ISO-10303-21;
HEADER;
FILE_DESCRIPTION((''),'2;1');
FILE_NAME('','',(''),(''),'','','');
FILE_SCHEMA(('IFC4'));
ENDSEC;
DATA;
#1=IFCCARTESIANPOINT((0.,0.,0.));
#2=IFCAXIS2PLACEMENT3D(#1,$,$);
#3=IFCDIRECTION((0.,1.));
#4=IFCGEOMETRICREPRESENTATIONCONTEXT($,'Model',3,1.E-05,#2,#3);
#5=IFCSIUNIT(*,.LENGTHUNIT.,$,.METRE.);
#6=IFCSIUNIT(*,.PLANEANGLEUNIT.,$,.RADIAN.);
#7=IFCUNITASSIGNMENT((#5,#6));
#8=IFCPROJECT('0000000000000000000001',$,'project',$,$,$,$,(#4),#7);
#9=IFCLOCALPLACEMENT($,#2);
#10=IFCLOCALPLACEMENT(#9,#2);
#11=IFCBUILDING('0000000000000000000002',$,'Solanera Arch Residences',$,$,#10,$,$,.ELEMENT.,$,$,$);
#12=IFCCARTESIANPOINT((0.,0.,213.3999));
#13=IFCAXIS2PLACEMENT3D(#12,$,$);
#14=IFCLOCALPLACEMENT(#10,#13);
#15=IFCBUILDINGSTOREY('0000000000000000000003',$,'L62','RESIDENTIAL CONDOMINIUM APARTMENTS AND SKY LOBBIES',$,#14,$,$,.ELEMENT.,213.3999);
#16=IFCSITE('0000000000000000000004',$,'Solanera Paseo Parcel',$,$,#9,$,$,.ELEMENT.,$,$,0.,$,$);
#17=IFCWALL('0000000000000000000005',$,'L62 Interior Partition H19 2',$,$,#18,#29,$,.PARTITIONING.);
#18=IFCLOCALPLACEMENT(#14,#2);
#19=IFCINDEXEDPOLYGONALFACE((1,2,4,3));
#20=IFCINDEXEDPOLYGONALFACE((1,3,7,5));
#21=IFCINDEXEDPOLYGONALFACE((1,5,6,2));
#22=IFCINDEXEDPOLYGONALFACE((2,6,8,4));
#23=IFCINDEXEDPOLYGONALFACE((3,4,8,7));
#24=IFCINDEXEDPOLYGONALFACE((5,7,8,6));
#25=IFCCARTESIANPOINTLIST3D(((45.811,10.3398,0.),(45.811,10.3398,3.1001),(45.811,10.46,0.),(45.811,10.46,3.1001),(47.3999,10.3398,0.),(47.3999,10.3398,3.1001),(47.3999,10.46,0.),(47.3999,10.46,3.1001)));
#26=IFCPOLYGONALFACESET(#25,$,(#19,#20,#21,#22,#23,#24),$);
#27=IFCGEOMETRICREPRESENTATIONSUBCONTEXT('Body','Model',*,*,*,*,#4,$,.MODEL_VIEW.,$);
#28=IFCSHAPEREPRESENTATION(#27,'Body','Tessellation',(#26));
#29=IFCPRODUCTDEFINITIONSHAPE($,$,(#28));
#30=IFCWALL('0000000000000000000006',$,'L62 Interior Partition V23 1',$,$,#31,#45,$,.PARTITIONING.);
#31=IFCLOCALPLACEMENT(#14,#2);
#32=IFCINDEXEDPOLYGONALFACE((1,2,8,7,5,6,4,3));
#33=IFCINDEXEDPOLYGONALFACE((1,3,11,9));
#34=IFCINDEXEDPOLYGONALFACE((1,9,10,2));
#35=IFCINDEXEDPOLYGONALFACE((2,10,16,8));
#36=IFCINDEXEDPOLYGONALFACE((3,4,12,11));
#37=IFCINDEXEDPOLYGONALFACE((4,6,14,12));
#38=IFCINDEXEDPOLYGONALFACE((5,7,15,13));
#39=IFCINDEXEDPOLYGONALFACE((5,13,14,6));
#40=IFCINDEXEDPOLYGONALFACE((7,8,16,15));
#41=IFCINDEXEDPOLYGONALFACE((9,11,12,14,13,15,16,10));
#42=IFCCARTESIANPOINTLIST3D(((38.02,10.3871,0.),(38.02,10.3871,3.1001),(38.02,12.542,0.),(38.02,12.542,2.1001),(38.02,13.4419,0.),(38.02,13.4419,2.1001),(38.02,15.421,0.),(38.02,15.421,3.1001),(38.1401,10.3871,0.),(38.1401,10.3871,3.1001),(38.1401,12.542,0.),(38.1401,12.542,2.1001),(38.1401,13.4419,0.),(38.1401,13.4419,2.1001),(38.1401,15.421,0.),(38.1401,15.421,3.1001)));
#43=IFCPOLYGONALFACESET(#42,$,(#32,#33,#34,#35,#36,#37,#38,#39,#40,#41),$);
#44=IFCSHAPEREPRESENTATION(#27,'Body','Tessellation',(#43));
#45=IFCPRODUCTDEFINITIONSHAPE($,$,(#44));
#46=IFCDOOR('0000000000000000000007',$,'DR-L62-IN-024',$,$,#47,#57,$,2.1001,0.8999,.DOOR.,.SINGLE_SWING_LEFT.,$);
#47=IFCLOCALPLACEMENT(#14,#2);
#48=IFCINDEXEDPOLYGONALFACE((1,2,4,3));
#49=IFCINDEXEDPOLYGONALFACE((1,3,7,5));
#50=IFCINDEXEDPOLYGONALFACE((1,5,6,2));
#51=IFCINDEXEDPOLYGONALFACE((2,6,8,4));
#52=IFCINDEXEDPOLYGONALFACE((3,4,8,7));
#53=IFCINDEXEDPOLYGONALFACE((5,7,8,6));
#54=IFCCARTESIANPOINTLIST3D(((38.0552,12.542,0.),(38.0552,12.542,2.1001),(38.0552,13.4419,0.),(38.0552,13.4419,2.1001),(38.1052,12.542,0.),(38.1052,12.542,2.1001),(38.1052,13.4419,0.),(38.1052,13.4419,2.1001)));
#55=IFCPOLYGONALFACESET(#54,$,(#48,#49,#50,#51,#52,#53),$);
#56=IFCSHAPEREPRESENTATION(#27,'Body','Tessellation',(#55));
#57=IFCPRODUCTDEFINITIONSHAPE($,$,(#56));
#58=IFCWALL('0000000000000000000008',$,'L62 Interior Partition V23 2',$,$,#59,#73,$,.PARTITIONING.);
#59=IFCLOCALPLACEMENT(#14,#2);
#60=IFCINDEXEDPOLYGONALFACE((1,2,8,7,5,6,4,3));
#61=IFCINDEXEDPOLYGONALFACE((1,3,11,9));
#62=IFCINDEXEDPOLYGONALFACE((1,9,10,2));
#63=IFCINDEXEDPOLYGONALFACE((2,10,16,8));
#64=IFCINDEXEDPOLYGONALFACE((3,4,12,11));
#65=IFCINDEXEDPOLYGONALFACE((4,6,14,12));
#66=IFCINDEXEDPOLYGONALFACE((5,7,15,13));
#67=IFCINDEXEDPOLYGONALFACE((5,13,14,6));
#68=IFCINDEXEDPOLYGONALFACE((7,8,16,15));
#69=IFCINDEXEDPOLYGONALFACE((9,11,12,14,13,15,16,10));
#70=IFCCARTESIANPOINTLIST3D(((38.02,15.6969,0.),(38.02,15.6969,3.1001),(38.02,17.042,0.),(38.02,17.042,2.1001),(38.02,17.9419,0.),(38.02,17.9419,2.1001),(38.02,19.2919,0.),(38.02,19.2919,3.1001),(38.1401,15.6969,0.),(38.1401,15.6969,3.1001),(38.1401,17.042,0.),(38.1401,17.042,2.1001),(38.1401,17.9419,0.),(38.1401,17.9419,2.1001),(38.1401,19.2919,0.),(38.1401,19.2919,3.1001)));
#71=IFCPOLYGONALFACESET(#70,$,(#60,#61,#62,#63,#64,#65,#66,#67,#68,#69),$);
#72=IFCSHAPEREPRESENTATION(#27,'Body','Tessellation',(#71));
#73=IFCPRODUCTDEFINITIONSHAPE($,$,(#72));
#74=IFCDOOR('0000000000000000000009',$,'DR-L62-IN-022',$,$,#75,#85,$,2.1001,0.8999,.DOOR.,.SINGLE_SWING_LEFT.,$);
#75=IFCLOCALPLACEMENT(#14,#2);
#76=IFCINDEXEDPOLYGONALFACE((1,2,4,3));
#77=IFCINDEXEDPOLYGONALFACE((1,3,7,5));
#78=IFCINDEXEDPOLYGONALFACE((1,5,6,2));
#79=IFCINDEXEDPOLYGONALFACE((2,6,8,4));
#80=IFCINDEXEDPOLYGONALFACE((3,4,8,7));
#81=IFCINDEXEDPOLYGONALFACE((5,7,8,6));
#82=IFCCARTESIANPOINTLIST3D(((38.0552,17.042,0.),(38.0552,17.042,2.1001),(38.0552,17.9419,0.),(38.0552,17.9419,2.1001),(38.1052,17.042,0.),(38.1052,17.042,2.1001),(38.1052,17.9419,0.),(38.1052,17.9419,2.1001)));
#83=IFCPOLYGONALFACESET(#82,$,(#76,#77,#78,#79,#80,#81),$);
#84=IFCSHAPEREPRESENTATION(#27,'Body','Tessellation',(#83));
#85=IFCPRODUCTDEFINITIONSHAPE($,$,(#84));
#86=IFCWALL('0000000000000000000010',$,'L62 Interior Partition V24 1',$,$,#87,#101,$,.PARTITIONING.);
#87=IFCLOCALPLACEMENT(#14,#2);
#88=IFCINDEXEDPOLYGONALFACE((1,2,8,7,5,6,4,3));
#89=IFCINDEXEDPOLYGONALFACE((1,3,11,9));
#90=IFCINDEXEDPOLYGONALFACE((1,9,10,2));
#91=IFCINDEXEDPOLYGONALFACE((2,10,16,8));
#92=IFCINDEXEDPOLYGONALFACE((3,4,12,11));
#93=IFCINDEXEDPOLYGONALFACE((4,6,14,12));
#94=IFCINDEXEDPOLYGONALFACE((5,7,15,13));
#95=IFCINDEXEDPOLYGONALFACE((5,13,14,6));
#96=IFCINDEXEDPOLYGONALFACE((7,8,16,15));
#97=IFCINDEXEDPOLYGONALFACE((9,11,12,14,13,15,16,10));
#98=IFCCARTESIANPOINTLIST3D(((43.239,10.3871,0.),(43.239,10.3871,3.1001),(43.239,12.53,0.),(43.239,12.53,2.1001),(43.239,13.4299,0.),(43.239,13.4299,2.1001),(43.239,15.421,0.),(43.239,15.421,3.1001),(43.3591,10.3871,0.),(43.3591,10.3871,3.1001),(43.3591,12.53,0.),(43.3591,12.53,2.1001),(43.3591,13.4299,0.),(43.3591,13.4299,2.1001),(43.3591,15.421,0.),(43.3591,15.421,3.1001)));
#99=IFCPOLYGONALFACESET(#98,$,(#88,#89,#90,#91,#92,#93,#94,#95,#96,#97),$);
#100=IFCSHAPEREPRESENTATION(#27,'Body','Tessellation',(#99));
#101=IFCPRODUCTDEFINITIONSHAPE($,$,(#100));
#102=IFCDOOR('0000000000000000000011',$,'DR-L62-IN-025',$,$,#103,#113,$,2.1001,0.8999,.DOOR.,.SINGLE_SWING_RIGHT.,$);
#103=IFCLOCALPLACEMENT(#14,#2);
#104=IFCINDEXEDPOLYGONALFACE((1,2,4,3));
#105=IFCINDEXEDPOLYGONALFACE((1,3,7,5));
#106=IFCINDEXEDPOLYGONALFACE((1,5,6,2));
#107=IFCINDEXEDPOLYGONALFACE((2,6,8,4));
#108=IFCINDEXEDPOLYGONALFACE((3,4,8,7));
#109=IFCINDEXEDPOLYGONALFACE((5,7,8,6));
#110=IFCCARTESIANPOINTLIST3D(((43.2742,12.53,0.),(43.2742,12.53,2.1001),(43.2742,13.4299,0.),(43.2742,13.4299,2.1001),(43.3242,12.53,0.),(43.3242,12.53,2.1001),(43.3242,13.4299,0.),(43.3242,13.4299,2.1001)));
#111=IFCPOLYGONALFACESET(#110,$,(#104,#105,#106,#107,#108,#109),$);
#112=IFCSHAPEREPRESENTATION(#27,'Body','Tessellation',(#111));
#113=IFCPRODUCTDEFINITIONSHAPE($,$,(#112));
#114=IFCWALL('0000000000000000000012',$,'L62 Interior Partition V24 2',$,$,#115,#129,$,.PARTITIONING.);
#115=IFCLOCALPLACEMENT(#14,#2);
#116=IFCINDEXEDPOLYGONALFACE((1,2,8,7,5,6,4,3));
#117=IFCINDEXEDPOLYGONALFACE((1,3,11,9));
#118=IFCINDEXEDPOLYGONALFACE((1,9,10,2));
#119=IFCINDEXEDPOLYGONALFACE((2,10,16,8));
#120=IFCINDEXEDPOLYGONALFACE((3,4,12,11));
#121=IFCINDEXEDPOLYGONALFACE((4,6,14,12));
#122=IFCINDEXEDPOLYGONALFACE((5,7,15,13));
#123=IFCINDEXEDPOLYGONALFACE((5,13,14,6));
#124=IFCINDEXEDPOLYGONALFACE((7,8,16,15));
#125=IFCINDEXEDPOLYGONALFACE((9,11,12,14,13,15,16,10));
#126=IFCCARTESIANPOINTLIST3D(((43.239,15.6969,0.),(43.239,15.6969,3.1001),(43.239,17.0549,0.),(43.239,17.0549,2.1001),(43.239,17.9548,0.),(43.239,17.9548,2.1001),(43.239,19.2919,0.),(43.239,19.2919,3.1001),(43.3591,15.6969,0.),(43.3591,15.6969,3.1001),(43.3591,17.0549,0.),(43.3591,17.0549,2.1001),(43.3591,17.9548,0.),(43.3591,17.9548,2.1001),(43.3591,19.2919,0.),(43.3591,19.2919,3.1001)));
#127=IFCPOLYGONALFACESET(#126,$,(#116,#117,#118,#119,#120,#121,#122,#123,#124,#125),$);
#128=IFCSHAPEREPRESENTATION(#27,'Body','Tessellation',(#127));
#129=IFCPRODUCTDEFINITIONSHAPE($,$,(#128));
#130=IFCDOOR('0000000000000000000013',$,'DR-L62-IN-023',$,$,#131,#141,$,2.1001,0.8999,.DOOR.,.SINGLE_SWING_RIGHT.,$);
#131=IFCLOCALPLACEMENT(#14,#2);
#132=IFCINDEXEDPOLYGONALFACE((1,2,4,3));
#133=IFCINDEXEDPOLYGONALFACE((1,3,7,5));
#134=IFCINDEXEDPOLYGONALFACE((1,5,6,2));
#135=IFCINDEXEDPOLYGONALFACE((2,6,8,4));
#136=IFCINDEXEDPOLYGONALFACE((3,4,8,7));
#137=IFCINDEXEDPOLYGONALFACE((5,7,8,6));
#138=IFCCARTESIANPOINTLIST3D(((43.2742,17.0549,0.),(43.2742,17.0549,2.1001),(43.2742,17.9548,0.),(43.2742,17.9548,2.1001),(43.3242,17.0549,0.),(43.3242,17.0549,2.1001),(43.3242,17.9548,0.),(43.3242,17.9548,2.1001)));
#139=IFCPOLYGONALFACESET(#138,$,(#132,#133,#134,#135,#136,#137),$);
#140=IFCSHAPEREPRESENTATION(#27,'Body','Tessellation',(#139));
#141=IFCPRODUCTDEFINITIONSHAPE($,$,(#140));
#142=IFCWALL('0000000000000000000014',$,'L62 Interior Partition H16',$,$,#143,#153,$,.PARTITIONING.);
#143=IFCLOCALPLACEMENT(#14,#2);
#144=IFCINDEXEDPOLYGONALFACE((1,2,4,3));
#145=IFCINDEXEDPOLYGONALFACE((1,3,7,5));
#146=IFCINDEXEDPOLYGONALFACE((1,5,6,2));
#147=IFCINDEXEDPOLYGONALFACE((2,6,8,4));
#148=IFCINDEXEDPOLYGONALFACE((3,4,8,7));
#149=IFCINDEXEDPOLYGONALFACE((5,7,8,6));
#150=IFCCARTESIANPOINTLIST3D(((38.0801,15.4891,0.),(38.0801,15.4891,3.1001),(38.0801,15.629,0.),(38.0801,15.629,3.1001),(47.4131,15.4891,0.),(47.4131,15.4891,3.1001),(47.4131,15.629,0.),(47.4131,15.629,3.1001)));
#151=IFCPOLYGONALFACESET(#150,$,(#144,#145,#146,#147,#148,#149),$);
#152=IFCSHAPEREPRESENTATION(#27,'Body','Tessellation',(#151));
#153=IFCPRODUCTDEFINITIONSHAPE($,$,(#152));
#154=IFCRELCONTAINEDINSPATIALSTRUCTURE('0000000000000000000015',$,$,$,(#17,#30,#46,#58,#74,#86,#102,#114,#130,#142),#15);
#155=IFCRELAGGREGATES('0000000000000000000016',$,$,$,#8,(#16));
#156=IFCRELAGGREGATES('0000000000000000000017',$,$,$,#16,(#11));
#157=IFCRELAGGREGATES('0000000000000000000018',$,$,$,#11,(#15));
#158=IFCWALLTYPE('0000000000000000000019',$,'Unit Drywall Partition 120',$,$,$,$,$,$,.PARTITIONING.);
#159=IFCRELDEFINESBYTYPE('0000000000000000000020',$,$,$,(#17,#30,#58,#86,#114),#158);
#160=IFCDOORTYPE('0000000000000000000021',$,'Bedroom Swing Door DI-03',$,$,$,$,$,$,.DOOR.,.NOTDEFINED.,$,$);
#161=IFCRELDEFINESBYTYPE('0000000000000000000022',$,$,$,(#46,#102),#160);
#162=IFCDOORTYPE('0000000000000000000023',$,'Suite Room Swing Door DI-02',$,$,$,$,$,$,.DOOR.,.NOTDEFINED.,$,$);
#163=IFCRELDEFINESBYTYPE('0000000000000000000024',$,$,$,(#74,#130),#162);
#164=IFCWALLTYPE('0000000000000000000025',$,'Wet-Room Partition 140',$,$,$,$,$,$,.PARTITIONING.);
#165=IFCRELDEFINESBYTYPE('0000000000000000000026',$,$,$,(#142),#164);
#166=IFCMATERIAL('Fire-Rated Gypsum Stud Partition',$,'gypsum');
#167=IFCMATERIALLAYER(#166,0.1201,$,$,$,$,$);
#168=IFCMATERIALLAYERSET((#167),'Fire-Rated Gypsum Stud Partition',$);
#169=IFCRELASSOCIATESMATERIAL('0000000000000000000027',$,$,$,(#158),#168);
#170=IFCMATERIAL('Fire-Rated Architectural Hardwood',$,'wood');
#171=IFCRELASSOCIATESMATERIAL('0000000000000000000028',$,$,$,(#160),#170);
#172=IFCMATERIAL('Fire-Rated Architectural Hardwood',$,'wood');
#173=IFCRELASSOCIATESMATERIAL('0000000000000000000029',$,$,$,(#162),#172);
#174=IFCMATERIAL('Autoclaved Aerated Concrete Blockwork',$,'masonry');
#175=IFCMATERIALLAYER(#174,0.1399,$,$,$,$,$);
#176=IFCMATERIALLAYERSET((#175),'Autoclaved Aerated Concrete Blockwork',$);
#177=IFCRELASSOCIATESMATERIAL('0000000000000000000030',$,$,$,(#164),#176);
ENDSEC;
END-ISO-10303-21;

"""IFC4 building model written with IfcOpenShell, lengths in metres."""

from ifc_helpers import new_model, si_unit, direction, frame, frame_2d, origin, place, context, subcontext, project, spatial, rectangle, extrude, material, layer, layer_set, type_object, element, fill, save


model = new_model("IFC4")

# Units and contexts
model_context = context("Model", 3, precision=1e-05, world=origin(), true_north=direction((0.0, 1.0)))
body_context = subcontext(model_context, "Body", "Model", "MODEL_VIEW")
ifc_project = project(units=[si_unit("LENGTHUNIT", "METRE"), si_unit("PLANEANGLEUNIT", "RADIAN")], contexts=[model_context])

# Site, building, storey
site_placement = place(None, origin())
site = spatial("IfcSite", under=ifc_project, at=site_placement, Name="Solanera Paseo Parcel", CompositionType="ELEMENT", RefElevation=0.0)
building_placement = place(site_placement, origin())
building = spatial("IfcBuilding", under=site, at=building_placement, Name="Solanera Arch Residences", CompositionType="ELEMENT")
storey_placement = place(building_placement, frame((0.0, 0.0, 213.3999)))
storey = spatial("IfcBuildingStorey", under=building, at=storey_placement, Name="L62", Description="RESIDENTIAL CONDOMINIUM APARTMENTS AND SKY LOBBIES", CompositionType="ELEMENT", Elevation=213.3999)

# Wall
ifc_material_1 = material(Name="Fire-Rated Gypsum Stud Partition", Category="gypsum")
ifc_layer_1 = layer(ifc_material_1, 0.1201)
ifc_layer_set_1 = layer_set([ifc_layer_1], Name="Fire-Rated Gypsum Stud Partition")
wall_type_1 = type_object("IfcWallType", Name="Unit Drywall Partition 120", PredefinedType="PARTITIONING", material=ifc_layer_set_1)
wall_1_placement = place(storey_placement, frame((45.811, 10.3999, 0.0), z_axis=(0.0, 0.0, 1.0), x_axis=(1.0, 0.0, 0.0)))
element("IfcWall", 1, at=wall_1_placement, inside=storey, type_object=wall_type_1, Name="L62 Interior Partition H19 2", PredefinedType="PARTITIONING", context=body_context, shape_type="SweptSolid", body=[
    extrude(rectangle(XDim=1.5889, YDim=0.1201, at=frame_2d((0.7944, 0.0))), origin(), (0.0, 0.0, 1.0), 3.1001),
])

# Walls, openings, doors
wall_2_placement = place(storey_placement, frame((38.0801, 10.387, 0.0), z_axis=(0.0, 0.0, 1.0), x_axis=(0.0, 1.0, 0.0)))
wall_2 = element("IfcWall", 2, at=wall_2_placement, inside=storey, type_object=wall_type_1, Name="L62 Interior Partition V23 1", PredefinedType="PARTITIONING", context=body_context, shape_type="SweptSolid", body=[
    extrude(rectangle(XDim=5.0339, YDim=0.1201, at=frame_2d((2.5171, 0.0))), origin(), (0.0, 0.0, 1.0), 3.1001),
])
opening_1_placement = place(wall_2_placement, frame((2.155, 0.0, 0.0)))
opening_1 = element("IfcOpeningElement", 3, at=opening_1_placement, cuts=wall_2, PredefinedType="OPENING", context=body_context, shape_type="SweptSolid", body=[
    extrude(rectangle(XDim=0.8999, YDim=2.1001, at=frame_2d((0.45, 1.05))), frame((0.0, 0.0701, 0.0), z_axis=(0.0, -1.0, 0.0), x_axis=(1.0, 0.0, 0.0)), (0.0, 0.0, 1.0), 0.1401),
])
ifc_material_2 = material(Name="Fire-Rated Architectural Hardwood", Category="wood")
door_type_1 = type_object("IfcDoorType", Name="Bedroom Swing Door DI-03", OperationType="NOTDEFINED", PredefinedType="DOOR", material=ifc_material_2)
door_1_placement = place(opening_1_placement, origin())
door_1 = element("IfcDoor", 4, at=door_1_placement, inside=storey, type_object=door_type_1, Name="DR-L62-IN-024", OperationType="SINGLE_SWING_LEFT", OverallHeight=2.1001, OverallWidth=0.8999, PredefinedType="DOOR", context=body_context, shape_type="SweptSolid", body=[
    extrude(rectangle(XDim=0.8999, YDim=2.1001, at=frame_2d((0.45, 1.05))), frame((0.0, 0.0249, 0.0), z_axis=(0.0, -1.0, 0.0), x_axis=(1.0, 0.0, 0.0)), (0.0, 0.0, 1.0), 0.05),
])
fill(opening_1, door_1)
wall_3_placement = place(storey_placement, frame((38.0801, 15.697, 0.0), z_axis=(0.0, 0.0, 1.0), x_axis=(0.0, 1.0, 0.0)))
wall_3 = element("IfcWall", 5, at=wall_3_placement, inside=storey, type_object=wall_type_1, Name="L62 Interior Partition V23 2", PredefinedType="PARTITIONING", context=body_context, shape_type="SweptSolid", body=[
    extrude(rectangle(XDim=3.595, YDim=0.1201, at=frame_2d((1.7974, 0.0))), origin(), (0.0, 0.0, 1.0), 3.1001),
])
opening_2_placement = place(wall_3_placement, frame((1.345, 0.0, 0.0)))
opening_2 = element("IfcOpeningElement", 6, at=opening_2_placement, cuts=wall_3, PredefinedType="OPENING", context=body_context, shape_type="SweptSolid", body=[
    extrude(rectangle(XDim=0.8999, YDim=2.1001, at=frame_2d((0.45, 1.05))), frame((0.0, 0.0701, 0.0), z_axis=(0.0, -1.0, 0.0), x_axis=(1.0, 0.0, 0.0)), (0.0, 0.0, 1.0), 0.1401),
])
ifc_material_3 = material(Name="Fire-Rated Architectural Hardwood", Category="wood")
door_type_2 = type_object("IfcDoorType", Name="Suite Room Swing Door DI-02", OperationType="NOTDEFINED", PredefinedType="DOOR", material=ifc_material_3)
door_2_placement = place(opening_2_placement, origin())
door_2 = element("IfcDoor", 7, at=door_2_placement, inside=storey, type_object=door_type_2, Name="DR-L62-IN-022", OperationType="SINGLE_SWING_LEFT", OverallHeight=2.1001, OverallWidth=0.8999, PredefinedType="DOOR", context=body_context, shape_type="SweptSolid", body=[
    extrude(rectangle(XDim=0.8999, YDim=2.1001, at=frame_2d((0.45, 1.05))), frame((0.0, 0.0249, 0.0), z_axis=(0.0, -1.0, 0.0), x_axis=(1.0, 0.0, 0.0)), (0.0, 0.0, 1.0), 0.05),
])
fill(opening_2, door_2)
wall_4_placement = place(storey_placement, frame((43.2991, 10.387, 0.0), z_axis=(0.0, 0.0, 1.0), x_axis=(0.0, 1.0, 0.0)))
wall_4 = element("IfcWall", 8, at=wall_4_placement, inside=storey, type_object=wall_type_1, Name="L62 Interior Partition V24 1", PredefinedType="PARTITIONING", context=body_context, shape_type="SweptSolid", body=[
    extrude(rectangle(XDim=5.0339, YDim=0.1201, at=frame_2d((2.5171, 0.0))), origin(), (0.0, 0.0, 1.0), 3.1001),
])
opening_3_placement = place(wall_4_placement, frame((2.1431, 0.0, 0.0)))
opening_3 = element("IfcOpeningElement", 9, at=opening_3_placement, cuts=wall_4, PredefinedType="OPENING", context=body_context, shape_type="SweptSolid", body=[
    extrude(rectangle(XDim=0.8999, YDim=2.1001, at=frame_2d((0.45, 1.05))), frame((0.0, 0.0701, 0.0), z_axis=(0.0, -1.0, 0.0), x_axis=(1.0, 0.0, 0.0)), (0.0, 0.0, 1.0), 0.1401),
])
door_3_placement = place(opening_3_placement, origin())
door_3 = element("IfcDoor", 10, at=door_3_placement, inside=storey, type_object=door_type_1, Name="DR-L62-IN-025", OperationType="SINGLE_SWING_RIGHT", OverallHeight=2.1001, OverallWidth=0.8999, PredefinedType="DOOR", context=body_context, shape_type="SweptSolid", body=[
    extrude(rectangle(XDim=0.8999, YDim=2.1001, at=frame_2d((0.45, 1.05))), frame((0.0, 0.0249, 0.0), z_axis=(0.0, -1.0, 0.0), x_axis=(1.0, 0.0, 0.0)), (0.0, 0.0, 1.0), 0.05),
])
fill(opening_3, door_3)
wall_5_placement = place(storey_placement, frame((43.2991, 15.697, 0.0), z_axis=(0.0, 0.0, 1.0), x_axis=(0.0, 1.0, 0.0)))
wall_5 = element("IfcWall", 11, at=wall_5_placement, inside=storey, type_object=wall_type_1, Name="L62 Interior Partition V24 2", PredefinedType="PARTITIONING", context=body_context, shape_type="SweptSolid", body=[
    extrude(rectangle(XDim=3.595, YDim=0.1201, at=frame_2d((1.7974, 0.0))), origin(), (0.0, 0.0, 1.0), 3.1001),
])
opening_4_placement = place(wall_5_placement, frame((1.3579, 0.0, 0.0)))
opening_4 = element("IfcOpeningElement", 12, at=opening_4_placement, cuts=wall_5, PredefinedType="OPENING", context=body_context, shape_type="SweptSolid", body=[
    extrude(rectangle(XDim=0.8999, YDim=2.1001, at=frame_2d((0.45, 1.05))), frame((0.0, 0.0701, 0.0), z_axis=(0.0, -1.0, 0.0), x_axis=(1.0, 0.0, 0.0)), (0.0, 0.0, 1.0), 0.1401),
])
door_4_placement = place(opening_4_placement, origin())
door_4 = element("IfcDoor", 13, at=door_4_placement, inside=storey, type_object=door_type_2, Name="DR-L62-IN-023", OperationType="SINGLE_SWING_RIGHT", OverallHeight=2.1001, OverallWidth=0.8999, PredefinedType="DOOR", context=body_context, shape_type="SweptSolid", body=[
    extrude(rectangle(XDim=0.8999, YDim=2.1001, at=frame_2d((0.45, 1.05))), frame((0.0, 0.0249, 0.0), z_axis=(0.0, -1.0, 0.0), x_axis=(1.0, 0.0, 0.0)), (0.0, 0.0, 1.0), 0.05),
])
fill(opening_4, door_4)

# Wall
ifc_material_4 = material(Name="Autoclaved Aerated Concrete Blockwork", Category="masonry")
ifc_layer_2 = layer(ifc_material_4, 0.1399)
ifc_layer_set_2 = layer_set([ifc_layer_2], Name="Autoclaved Aerated Concrete Blockwork")
wall_type_2 = type_object("IfcWallType", Name="Wet-Room Partition 140", PredefinedType="PARTITIONING", material=ifc_layer_set_2)
wall_6_placement = place(storey_placement, frame((38.0801, 15.5591, 0.0), z_axis=(0.0, 0.0, 1.0), x_axis=(1.0, 0.0, 0.0)))
element("IfcWall", 14, at=wall_6_placement, inside=storey, type_object=wall_type_2, Name="L62 Interior Partition H16", PredefinedType="PARTITIONING", context=body_context, shape_type="SweptSolid", body=[
    extrude(rectangle(XDim=9.333, YDim=0.1399, at=frame_2d((4.6665, 0.0))), origin(), (0.0, 0.0, 1.0), 3.1001),
])

save(model, "model.ifc")
